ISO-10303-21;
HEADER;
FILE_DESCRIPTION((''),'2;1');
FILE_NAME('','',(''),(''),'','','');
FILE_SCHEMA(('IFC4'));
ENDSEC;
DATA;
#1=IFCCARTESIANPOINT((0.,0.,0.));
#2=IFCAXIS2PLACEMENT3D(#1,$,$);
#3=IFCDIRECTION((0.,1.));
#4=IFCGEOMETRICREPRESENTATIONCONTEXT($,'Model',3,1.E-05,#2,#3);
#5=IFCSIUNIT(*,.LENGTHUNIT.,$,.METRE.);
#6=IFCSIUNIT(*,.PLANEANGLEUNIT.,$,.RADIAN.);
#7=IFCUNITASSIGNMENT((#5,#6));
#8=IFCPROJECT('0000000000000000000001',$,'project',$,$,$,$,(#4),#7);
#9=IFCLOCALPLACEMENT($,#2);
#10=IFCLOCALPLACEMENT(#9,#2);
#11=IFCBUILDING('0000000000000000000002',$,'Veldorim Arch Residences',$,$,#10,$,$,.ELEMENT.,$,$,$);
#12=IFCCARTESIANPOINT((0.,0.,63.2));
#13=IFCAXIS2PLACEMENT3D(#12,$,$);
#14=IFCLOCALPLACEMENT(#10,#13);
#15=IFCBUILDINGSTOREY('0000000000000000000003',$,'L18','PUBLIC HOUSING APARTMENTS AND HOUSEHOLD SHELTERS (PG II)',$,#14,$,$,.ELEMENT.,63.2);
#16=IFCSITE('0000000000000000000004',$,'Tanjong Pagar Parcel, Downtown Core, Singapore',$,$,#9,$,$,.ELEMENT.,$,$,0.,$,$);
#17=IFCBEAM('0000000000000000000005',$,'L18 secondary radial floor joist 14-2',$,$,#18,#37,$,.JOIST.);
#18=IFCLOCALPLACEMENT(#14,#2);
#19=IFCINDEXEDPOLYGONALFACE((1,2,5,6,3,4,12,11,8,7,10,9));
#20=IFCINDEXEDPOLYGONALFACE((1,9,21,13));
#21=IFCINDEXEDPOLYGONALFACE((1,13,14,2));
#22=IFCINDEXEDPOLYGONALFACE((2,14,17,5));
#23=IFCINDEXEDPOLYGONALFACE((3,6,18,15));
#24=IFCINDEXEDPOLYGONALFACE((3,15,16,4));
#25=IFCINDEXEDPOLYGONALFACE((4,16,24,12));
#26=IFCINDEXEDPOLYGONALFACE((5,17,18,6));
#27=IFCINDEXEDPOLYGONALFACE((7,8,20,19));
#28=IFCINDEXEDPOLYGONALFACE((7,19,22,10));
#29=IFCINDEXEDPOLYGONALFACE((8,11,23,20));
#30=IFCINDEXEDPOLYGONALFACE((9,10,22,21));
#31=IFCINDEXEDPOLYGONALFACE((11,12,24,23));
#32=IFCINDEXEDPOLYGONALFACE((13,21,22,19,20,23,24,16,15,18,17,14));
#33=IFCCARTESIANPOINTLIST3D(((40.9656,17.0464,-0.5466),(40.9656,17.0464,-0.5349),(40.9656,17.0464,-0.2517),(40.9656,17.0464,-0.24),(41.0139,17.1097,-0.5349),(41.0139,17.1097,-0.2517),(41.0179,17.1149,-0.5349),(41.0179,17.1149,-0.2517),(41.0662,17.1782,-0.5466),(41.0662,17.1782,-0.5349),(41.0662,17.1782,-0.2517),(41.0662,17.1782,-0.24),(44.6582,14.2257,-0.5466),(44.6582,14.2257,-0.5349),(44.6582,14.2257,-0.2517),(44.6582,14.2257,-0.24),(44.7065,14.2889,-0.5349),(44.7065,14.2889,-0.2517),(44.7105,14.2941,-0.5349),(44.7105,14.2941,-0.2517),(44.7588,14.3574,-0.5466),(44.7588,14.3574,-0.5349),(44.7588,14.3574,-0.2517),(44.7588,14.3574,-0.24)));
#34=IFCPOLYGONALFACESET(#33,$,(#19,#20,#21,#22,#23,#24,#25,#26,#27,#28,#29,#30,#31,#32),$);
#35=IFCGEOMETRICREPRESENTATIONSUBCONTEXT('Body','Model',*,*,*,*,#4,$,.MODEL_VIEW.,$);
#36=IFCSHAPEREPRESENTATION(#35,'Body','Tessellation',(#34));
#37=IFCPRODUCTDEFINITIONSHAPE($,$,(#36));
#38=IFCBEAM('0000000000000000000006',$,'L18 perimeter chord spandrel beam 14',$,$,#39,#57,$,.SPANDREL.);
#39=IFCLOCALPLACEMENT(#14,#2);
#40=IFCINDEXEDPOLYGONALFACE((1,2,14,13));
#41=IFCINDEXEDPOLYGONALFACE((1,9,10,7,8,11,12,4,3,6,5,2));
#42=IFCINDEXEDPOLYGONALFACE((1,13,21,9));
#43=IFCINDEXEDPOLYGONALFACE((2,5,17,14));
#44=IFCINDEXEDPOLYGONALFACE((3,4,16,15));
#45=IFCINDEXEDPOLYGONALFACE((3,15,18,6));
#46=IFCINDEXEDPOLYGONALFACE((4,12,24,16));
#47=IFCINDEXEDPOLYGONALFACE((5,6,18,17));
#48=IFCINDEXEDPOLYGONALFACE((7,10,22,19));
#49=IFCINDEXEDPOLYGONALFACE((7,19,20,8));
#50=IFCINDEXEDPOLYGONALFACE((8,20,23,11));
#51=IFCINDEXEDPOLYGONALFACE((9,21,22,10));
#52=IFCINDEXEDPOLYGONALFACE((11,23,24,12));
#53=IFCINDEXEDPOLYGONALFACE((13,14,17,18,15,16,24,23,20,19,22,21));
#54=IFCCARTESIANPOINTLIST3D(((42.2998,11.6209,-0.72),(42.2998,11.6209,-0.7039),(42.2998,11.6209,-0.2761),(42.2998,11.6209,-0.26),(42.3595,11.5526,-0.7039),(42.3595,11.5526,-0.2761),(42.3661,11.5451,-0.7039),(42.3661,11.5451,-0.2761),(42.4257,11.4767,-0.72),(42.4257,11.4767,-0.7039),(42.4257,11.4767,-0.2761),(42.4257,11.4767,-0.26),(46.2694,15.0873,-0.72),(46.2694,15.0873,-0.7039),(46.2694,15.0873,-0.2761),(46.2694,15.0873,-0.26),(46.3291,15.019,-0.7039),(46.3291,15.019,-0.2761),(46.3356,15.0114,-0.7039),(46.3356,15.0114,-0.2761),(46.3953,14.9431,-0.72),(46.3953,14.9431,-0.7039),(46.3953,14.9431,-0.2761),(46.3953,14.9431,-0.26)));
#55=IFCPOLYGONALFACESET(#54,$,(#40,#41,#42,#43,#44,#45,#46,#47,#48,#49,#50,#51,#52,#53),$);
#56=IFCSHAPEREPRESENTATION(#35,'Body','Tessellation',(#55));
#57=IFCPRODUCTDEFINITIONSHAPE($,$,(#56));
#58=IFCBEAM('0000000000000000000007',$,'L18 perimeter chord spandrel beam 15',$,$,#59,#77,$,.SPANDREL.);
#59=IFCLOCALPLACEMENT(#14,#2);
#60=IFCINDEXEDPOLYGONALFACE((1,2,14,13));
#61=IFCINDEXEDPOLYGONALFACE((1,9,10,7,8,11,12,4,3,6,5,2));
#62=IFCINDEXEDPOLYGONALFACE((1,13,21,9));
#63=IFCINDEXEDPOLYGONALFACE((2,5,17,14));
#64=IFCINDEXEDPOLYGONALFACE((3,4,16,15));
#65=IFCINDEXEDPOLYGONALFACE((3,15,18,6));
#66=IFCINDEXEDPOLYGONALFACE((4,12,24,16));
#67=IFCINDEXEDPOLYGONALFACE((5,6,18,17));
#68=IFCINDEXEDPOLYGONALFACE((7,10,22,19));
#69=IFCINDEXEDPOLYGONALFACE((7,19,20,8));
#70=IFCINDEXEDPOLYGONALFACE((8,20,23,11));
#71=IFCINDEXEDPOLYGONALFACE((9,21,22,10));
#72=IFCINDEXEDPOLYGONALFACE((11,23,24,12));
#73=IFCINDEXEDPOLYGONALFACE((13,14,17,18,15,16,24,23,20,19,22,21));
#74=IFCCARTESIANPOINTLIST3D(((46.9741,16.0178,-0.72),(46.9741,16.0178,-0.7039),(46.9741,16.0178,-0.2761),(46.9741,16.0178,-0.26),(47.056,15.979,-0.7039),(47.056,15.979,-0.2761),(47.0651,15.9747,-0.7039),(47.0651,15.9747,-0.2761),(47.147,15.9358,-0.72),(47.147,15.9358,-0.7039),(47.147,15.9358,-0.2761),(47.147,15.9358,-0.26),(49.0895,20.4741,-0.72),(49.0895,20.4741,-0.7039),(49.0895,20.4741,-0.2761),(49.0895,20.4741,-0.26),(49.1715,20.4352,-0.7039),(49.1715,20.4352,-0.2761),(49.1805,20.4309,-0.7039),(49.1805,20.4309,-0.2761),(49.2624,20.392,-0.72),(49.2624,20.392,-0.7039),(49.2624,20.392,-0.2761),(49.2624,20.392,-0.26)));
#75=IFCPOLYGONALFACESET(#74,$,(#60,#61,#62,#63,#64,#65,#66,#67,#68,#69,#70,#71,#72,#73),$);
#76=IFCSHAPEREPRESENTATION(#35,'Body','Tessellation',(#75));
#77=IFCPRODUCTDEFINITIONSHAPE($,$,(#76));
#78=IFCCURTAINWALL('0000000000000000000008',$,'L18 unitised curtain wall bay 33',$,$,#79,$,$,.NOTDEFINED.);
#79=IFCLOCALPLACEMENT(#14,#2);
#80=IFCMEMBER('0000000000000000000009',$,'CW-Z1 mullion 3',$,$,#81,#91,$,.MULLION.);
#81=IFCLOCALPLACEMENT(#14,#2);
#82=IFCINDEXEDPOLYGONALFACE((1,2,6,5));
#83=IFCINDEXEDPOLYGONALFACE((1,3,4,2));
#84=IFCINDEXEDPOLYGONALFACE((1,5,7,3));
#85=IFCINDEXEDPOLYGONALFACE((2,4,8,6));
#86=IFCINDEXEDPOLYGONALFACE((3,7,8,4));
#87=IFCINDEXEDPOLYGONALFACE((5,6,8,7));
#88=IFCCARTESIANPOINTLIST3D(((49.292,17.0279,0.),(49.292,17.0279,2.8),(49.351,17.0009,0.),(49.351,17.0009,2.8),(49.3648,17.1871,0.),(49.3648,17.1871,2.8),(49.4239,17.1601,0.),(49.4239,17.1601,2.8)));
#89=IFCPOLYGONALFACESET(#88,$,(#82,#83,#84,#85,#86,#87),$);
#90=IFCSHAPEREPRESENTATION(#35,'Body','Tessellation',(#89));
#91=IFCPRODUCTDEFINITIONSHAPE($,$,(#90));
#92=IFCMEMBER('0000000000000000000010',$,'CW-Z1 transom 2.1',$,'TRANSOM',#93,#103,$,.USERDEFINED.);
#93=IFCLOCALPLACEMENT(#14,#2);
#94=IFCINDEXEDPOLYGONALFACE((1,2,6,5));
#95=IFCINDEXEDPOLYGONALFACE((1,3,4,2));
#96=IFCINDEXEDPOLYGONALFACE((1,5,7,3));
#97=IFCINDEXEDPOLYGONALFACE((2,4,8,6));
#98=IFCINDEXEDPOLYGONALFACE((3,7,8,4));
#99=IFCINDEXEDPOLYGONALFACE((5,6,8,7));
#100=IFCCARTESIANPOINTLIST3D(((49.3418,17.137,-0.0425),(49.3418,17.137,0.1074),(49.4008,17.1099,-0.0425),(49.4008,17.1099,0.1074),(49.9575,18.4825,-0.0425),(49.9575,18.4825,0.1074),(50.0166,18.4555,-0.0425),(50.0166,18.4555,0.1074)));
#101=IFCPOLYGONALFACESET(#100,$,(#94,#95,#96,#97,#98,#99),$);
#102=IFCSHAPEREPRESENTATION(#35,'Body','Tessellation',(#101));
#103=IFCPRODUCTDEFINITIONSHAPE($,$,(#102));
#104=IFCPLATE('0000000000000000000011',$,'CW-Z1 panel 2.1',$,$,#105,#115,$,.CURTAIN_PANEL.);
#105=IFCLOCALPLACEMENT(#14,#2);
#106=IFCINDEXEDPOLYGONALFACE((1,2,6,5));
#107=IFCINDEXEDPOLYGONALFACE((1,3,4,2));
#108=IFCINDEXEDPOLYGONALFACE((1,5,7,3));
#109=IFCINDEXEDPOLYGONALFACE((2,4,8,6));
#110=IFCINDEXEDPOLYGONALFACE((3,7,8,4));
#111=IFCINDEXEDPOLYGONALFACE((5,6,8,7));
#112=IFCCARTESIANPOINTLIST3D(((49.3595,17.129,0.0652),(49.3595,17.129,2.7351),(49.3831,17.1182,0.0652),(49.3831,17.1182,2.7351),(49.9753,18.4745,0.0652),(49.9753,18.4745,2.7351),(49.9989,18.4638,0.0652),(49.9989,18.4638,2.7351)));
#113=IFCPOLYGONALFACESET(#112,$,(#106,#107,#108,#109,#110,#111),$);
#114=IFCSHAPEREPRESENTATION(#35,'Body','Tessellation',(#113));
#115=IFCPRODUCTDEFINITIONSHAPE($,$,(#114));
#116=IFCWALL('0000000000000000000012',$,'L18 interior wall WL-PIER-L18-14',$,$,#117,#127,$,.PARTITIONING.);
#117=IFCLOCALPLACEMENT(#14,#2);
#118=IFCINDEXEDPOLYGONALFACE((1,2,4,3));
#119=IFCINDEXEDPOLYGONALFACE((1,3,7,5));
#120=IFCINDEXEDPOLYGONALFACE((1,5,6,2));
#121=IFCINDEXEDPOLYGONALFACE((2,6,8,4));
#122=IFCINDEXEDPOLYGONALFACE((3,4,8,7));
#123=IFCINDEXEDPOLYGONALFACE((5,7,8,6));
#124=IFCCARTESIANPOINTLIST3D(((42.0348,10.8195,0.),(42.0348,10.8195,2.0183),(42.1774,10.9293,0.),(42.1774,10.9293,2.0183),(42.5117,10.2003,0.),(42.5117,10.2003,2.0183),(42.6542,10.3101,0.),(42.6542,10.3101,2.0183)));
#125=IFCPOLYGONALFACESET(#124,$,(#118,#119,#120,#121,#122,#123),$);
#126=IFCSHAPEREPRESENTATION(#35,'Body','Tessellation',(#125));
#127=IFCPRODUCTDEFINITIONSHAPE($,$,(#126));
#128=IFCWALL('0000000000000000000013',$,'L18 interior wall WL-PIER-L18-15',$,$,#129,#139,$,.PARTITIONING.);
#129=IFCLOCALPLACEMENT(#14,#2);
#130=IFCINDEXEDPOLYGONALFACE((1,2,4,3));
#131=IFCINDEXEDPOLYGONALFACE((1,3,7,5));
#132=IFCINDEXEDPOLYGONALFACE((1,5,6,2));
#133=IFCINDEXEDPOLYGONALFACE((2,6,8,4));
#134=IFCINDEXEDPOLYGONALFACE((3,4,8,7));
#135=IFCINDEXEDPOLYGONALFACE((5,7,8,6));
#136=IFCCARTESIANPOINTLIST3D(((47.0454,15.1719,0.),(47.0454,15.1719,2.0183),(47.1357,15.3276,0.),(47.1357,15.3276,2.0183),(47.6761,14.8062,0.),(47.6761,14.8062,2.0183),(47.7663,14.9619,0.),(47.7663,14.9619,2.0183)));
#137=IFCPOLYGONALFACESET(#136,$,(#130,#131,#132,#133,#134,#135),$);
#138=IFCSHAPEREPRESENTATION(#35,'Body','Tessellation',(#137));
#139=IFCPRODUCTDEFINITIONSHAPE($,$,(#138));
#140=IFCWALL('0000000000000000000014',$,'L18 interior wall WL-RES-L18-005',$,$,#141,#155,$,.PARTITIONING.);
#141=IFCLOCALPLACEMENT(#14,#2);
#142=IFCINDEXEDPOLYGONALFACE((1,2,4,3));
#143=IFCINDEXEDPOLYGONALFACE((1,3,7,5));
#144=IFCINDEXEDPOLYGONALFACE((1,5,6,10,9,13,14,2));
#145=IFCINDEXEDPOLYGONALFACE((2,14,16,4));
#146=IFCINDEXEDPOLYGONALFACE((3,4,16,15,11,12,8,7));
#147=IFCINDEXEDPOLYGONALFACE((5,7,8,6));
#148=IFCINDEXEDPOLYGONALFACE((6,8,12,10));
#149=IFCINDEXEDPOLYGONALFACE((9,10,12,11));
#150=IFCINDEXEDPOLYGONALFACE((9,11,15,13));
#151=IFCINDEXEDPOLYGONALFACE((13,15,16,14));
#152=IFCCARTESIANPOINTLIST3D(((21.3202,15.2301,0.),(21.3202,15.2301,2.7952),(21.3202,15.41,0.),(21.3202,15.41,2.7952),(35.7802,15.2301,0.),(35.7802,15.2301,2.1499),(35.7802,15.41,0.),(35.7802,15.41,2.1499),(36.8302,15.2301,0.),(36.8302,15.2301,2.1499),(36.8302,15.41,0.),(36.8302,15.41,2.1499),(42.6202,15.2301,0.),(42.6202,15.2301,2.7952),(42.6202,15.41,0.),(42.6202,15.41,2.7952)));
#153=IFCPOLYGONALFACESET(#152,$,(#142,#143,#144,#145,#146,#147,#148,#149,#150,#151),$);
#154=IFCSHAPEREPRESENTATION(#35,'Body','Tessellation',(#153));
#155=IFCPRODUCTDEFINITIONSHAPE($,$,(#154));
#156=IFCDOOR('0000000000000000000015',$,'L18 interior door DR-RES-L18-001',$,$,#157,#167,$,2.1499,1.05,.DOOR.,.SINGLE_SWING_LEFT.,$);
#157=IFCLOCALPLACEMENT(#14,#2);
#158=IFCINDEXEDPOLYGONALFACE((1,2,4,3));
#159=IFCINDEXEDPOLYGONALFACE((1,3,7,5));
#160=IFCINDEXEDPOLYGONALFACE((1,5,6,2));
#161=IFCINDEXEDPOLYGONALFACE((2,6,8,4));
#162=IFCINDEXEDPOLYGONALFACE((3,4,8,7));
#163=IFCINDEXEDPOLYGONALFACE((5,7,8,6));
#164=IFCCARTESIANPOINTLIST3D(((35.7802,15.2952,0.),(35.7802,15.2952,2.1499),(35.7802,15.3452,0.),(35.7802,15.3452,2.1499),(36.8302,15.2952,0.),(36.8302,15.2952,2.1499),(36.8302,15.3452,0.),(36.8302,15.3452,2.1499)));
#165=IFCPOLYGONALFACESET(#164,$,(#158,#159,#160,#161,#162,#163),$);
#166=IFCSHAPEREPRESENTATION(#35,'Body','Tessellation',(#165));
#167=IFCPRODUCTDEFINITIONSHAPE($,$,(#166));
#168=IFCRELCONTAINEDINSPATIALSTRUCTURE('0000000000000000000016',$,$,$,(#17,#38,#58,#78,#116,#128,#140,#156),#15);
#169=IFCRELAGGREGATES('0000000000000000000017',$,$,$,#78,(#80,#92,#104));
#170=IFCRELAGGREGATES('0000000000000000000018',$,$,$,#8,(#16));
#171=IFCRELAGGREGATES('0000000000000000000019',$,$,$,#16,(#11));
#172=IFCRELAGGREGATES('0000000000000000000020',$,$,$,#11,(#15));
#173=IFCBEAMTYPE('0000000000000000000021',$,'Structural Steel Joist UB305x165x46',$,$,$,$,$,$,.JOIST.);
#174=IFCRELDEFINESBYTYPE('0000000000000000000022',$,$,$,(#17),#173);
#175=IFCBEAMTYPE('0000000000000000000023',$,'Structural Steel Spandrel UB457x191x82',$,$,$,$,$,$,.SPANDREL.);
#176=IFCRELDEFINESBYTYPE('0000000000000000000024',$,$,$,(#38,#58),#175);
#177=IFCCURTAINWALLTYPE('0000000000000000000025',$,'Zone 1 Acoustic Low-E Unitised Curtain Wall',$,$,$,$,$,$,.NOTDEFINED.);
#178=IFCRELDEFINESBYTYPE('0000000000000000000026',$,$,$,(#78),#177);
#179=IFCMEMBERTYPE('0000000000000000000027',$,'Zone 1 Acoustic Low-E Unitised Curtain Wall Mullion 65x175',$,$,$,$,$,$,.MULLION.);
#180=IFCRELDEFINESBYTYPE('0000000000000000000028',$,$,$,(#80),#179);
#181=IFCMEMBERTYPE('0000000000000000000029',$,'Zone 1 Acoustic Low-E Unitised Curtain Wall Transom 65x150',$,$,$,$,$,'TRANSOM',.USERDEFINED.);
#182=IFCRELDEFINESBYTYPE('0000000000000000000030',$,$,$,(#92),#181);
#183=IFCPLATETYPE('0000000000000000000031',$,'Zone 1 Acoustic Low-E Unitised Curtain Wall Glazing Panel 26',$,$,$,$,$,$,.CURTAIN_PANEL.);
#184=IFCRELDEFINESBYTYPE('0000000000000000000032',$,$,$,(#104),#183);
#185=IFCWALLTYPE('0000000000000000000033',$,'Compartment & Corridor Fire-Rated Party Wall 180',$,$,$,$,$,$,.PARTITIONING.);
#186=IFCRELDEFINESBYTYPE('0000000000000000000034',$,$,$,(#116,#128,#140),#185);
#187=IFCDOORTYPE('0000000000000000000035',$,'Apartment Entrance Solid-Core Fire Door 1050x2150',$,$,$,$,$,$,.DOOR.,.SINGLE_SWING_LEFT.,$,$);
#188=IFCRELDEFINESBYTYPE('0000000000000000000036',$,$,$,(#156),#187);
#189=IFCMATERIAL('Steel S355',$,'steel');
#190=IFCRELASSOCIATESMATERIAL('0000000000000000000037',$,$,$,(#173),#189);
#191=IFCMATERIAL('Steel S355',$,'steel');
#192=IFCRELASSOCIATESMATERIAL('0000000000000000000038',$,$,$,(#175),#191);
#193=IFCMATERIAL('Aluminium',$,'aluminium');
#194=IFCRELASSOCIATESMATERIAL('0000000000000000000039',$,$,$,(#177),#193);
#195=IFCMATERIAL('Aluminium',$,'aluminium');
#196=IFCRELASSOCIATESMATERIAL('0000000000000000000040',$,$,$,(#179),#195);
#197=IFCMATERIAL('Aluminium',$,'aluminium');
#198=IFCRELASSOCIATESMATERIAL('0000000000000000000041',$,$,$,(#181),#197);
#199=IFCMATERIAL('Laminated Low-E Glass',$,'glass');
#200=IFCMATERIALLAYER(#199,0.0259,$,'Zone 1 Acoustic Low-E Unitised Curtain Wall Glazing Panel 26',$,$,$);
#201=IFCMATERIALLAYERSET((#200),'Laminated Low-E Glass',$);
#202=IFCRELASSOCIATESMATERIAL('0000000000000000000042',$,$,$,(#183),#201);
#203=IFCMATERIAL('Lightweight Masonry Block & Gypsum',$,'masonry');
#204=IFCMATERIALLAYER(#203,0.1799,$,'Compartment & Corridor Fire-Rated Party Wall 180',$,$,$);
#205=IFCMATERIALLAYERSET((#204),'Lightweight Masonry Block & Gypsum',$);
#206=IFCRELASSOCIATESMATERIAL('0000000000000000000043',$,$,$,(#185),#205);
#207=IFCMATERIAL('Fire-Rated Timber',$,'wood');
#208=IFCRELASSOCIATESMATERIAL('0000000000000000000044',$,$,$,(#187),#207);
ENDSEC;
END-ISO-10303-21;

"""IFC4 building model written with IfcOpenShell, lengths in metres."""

from ifc_helpers import new_model, si_unit, direction, frame, frame_2d, origin, origin_2d, place, context, subcontext, project, spatial, rectangle, i_section, extrude, material, layer, layer_set, material_profile, profile_set, type_object, element, fill, aggregate, save


model = new_model("IFC4")

# Units and contexts
model_context = context("Model", 3, precision=1e-05, world=origin(), true_north=direction((0.0, 1.0)))
body_context = subcontext(model_context, "Body", "Model", "MODEL_VIEW")
ifc_project = project(units=[si_unit("LENGTHUNIT", "METRE"), si_unit("PLANEANGLEUNIT", "RADIAN")], contexts=[model_context])

# Site, building, storey
site_placement = place(None, origin())
site = spatial("IfcSite", under=ifc_project, at=site_placement, Name="Tanjong Pagar Parcel, Downtown Core, Singapore", CompositionType="ELEMENT", RefElevation=0.0)
building_placement = place(site_placement, origin())
building = spatial("IfcBuilding", under=site, at=building_placement, Name="Veldorim Arch Residences", CompositionType="ELEMENT")
storey_placement = place(building_placement, frame((0.0, 0.0, 63.2)))
storey = spatial("IfcBuildingStorey", under=building, at=storey_placement, Name="L18", Description="PUBLIC HOUSING APARTMENTS AND HOUSEHOLD SHELTERS (PG II)", CompositionType="ELEMENT", Elevation=63.2)

# Beams
ifc_material_1 = material(Name="Steel S355", Category="steel")
ifc_material_profile_1 = material_profile(ifc_material_1, i_section(OverallWidth=0.1658, OverallDepth=0.3066, WebThickness=0.0066, FlangeThickness=0.0117, at=origin_2d()), Name="UB305x165x46")
ifc_profile_set_1 = profile_set([ifc_material_profile_1], Name="Steel S355")
beam_type_1 = type_object("IfcBeamType", Name="Structural Steel Joist UB305x165x46", PredefinedType="JOIST", material=ifc_profile_set_1)
beam_1_placement = place(storey_placement, frame((41.0159, 17.1123, -0.3933), z_axis=(0.794666, -0.607046, 0.0), x_axis=(0.607046, 0.794666, 0.0)))
element("IfcBeam", 1, at=beam_1_placement, inside=storey, type_object=beam_type_1, Name="L18 secondary radial floor joist 14-2", PredefinedType="JOIST", context=body_context, shape_type="SweptSolid", body=[
    extrude(i_section(OverallWidth=0.1658, OverallDepth=0.3066, WebThickness=0.0066, FlangeThickness=0.0117, at=origin_2d()), origin(), (0.0, 0.0, 1.0), 4.6467),
])
ifc_material_2 = material(Name="Steel S355", Category="steel")
ifc_material_profile_2 = material_profile(ifc_material_2, i_section(OverallWidth=0.1914, OverallDepth=0.46, WebThickness=0.01, FlangeThickness=0.0161, at=origin_2d()), Name="UB457x191x82")
ifc_profile_set_2 = profile_set([ifc_material_profile_2], Name="Steel S355")
beam_type_2 = type_object("IfcBeamType", Name="Structural Steel Spandrel UB457x191x82", PredefinedType="SPANDREL", material=ifc_profile_set_2)
beam_2_placement = place(storey_placement, frame((42.3628, 11.5488, -0.49), z_axis=(0.753234, 0.657753, 0.0), x_axis=(-0.657753, 0.753234, 0.0)))
element("IfcBeam", 2, at=beam_2_placement, inside=storey, type_object=beam_type_2, Name="L18 perimeter chord spandrel beam 14", PredefinedType="SPANDREL", context=body_context, shape_type="SweptSolid", body=[
    extrude(i_section(OverallWidth=0.1914, OverallDepth=0.46, WebThickness=0.01, FlangeThickness=0.0161, at=origin_2d()), origin(), (0.0, 0.0, 1.0), 5.27),
])
beam_3_placement = place(storey_placement, frame((47.0605, 15.9768, -0.49), z_axis=(0.428848, 0.903377, 0.0), x_axis=(-0.903377, 0.428848, 0.0)))
element("IfcBeam", 3, at=beam_3_placement, inside=storey, type_object=beam_type_2, Name="L18 perimeter chord spandrel beam 15", PredefinedType="SPANDREL", context=body_context, shape_type="SweptSolid", body=[
    extrude(i_section(OverallWidth=0.1914, OverallDepth=0.46, WebThickness=0.01, FlangeThickness=0.0161, at=origin_2d()), origin(), (0.0, 0.0, 1.0), 4.9329),
])

# Curtain wall, members, plate
ifc_material_3 = material(Name="Aluminium", Category="aluminium")
curtain_wall_type = type_object("IfcCurtainWallType", Name="Zone 1 Acoustic Low-E Unitised Curtain Wall", PredefinedType="NOTDEFINED", material=ifc_material_3)
curtain_wall_placement = place(storey_placement, origin())
curtain_wall = element("IfcCurtainWall", 4, at=curtain_wall_placement, inside=storey, type_object=curtain_wall_type, Name="L18 unitised curtain wall bay 33", PredefinedType="NOTDEFINED")
ifc_material_4 = material(Name="Aluminium", Category="aluminium")
ifc_material_profile_3 = material_profile(ifc_material_4, rectangle(XDim=0.0649, YDim=0.175, at=origin_2d()), Name="ALU_MUL_65x175")
ifc_profile_set_3 = profile_set([ifc_material_profile_3], Name="Aluminium")
member_type_1 = type_object("IfcMemberType", Name="Zone 1 Acoustic Low-E Unitised Curtain Wall Mullion 65x175", PredefinedType="MULLION", material=ifc_profile_set_3)
member_1_placement = place(storey_placement, frame((49.3579, 17.094, 0.0), z_axis=(0.0, 0.0, 1.0), x_axis=(0.909303, -0.416135, 0.0)))
member_1 = element("IfcMember", 5, at=member_1_placement, type_object=member_type_1, Name="CW-Z1 mullion 3", PredefinedType="MULLION", context=body_context, shape_type="SweptSolid", body=[
    extrude(rectangle(XDim=0.0649, YDim=0.175, at=origin_2d()), origin(), (0.0, 0.0, 1.0), 2.8),
])
ifc_material_5 = material(Name="Aluminium", Category="aluminium")
ifc_material_profile_4 = material_profile(ifc_material_5, rectangle(XDim=0.0649, YDim=0.1499, at=origin_2d()), Name="ALU_TRN_65x150")
ifc_profile_set_4 = profile_set([ifc_material_profile_4], Name="Aluminium")
member_type_2 = type_object("IfcMemberType", Name="Zone 1 Acoustic Low-E Unitised Curtain Wall Transom 65x150", ElementType="TRANSOM", PredefinedType="USERDEFINED", material=ifc_profile_set_4)
member_2_placement = place(storey_placement, frame((49.9871, 18.469, 0.0325), z_axis=(-0.416126, -0.909307, 0.0), x_axis=(0.909307, -0.416126, 0.0)))
member_2 = element("IfcMember", 6, at=member_2_placement, type_object=member_type_2, Name="CW-Z1 transom 2.1", ObjectType="TRANSOM", PredefinedType="USERDEFINED", context=body_context, shape_type="SweptSolid", body=[
    extrude(rectangle(XDim=0.0649, YDim=0.1499, at=origin_2d()), origin(), (0.0, 0.0, 1.0), 1.4797),
])
ifc_material_6 = material(Name="Laminated Low-E Glass", Category="glass")
ifc_layer_1 = layer(ifc_material_6, 0.0259, Name="Zone 1 Acoustic Low-E Unitised Curtain Wall Glazing Panel 26")
ifc_layer_set_1 = layer_set([ifc_layer_1], Name="Laminated Low-E Glass")
plate_type = type_object("IfcPlateType", Name="Zone 1 Acoustic Low-E Unitised Curtain Wall Glazing Panel 26", PredefinedType="CURTAIN_PANEL", material=ifc_layer_set_1)
plate_placement = place(storey_placement, frame((49.6792, 17.7964, 0.0652), z_axis=(0.0, 0.0, 1.0), x_axis=(-0.416135, -0.909303, 0.0)))
plate = element("IfcPlate", 7, at=plate_placement, type_object=plate_type, Name="CW-Z1 panel 2.1", PredefinedType="CURTAIN_PANEL", context=body_context, shape_type="SweptSolid", body=[
    extrude(rectangle(XDim=1.4797, YDim=0.0259, at=origin_2d()), origin(), (0.0, 0.0, 1.0), 2.6699),
])
aggregate(curtain_wall, [member_1, member_2, plate])

# Walls
ifc_material_7 = material(Name="Lightweight Masonry Block & Gypsum", Category="masonry")
ifc_layer_2 = layer(ifc_material_7, 0.1799, Name="Compartment & Corridor Fire-Rated Party Wall 180")
ifc_layer_set_2 = layer_set([ifc_layer_2], Name="Lightweight Masonry Block & Gypsum")
wall_type_1 = type_object("IfcWallType", Name="Compartment & Corridor Fire-Rated Party Wall 180", PredefinedType="PARTITIONING", material=ifc_layer_set_2)
wall_1_placement = place(storey_placement, frame((42.1062, 10.8743, 0.0), z_axis=(0.0, 0.0, 1.0), x_axis=(0.610149, -0.792287, 0.0)))
element("IfcWall", 8, at=wall_1_placement, inside=storey, type_object=wall_type_1, Name="L18 interior wall WL-PIER-L18-14", PredefinedType="PARTITIONING", context=body_context, shape_type="SweptSolid", body=[
    extrude(rectangle(XDim=0.7815, YDim=0.1799, at=frame_2d((0.3906, 0.0))), origin(), (0.0, 0.0, 1.0), 2.0183),
])
wall_2_placement = place(storey_placement, frame((47.0906, 15.2498, 0.0), z_axis=(0.0, 0.0, 1.0), x_axis=(0.865052, -0.501683, 0.0)))
element("IfcWall", 9, at=wall_2_placement, inside=storey, type_object=wall_type_1, Name="L18 interior wall WL-PIER-L18-15", PredefinedType="PARTITIONING", context=body_context, shape_type="SweptSolid", body=[
    extrude(rectangle(XDim=0.729, YDim=0.1799, at=frame_2d((0.3645, 0.0))), origin(), (0.0, 0.0, 1.0), 2.0183),
])

# Wall, opening, door
wall_3_placement = place(storey_placement, frame((42.6201, 15.3201, 0.0), z_axis=(0.0, 0.0, 1.0), x_axis=(-1.0, 0.0, 0.0)))
wall_3 = element("IfcWall", 10, at=wall_3_placement, inside=storey, type_object=wall_type_1, Name="L18 interior wall WL-RES-L18-005", PredefinedType="PARTITIONING", context=body_context, shape_type="SweptSolid", body=[
    extrude(rectangle(XDim=21.3, YDim=0.1799, at=frame_2d((10.6499, 0.0))), origin(), (0.0, 0.0, 1.0), 2.7952),
])
opening_1_placement = place(wall_3_placement, frame((5.79, 0.0, 0.0)))
opening_1 = element("IfcOpeningElement", 11, at=opening_1_placement, cuts=wall_3, PredefinedType="OPENING", context=body_context, shape_type="SweptSolid", body=[
    extrude(rectangle(XDim=1.05, YDim=2.1499, at=frame_2d((0.5249, 1.075))), frame((0.0, 0.0999, 0.0), z_axis=(0.0, -1.0, 0.0), x_axis=(1.0, 0.0, 0.0)), (0.0, 0.0, 1.0), 0.2),
])
ifc_material_8 = material(Name="Fire-Rated Timber", Category="wood")
door_type_1 = type_object("IfcDoorType", Name="Apartment Entrance Solid-Core Fire Door 1050x2150", OperationType="SINGLE_SWING_LEFT", PredefinedType="DOOR", material=ifc_material_8)
door_1_placement = place(opening_1_placement, origin())
door_1 = element("IfcDoor", 12, at=door_1_placement, inside=storey, type_object=door_type_1, Name="L18 interior door DR-RES-L18-001", OperationType="SINGLE_SWING_LEFT", OverallHeight=2.1499, OverallWidth=1.05, PredefinedType="DOOR", context=body_context, shape_type="SweptSolid", body=[
    extrude(rectangle(XDim=1.05, YDim=2.1499, at=frame_2d((0.5249, 1.075))), frame((0.0, 0.0249, 0.0), z_axis=(0.0, -1.0, 0.0), x_axis=(1.0, 0.0, 0.0)), (0.0, 0.0, 1.0), 0.05),
])
fill(opening_1, door_1)

save(model, "model.ifc")
